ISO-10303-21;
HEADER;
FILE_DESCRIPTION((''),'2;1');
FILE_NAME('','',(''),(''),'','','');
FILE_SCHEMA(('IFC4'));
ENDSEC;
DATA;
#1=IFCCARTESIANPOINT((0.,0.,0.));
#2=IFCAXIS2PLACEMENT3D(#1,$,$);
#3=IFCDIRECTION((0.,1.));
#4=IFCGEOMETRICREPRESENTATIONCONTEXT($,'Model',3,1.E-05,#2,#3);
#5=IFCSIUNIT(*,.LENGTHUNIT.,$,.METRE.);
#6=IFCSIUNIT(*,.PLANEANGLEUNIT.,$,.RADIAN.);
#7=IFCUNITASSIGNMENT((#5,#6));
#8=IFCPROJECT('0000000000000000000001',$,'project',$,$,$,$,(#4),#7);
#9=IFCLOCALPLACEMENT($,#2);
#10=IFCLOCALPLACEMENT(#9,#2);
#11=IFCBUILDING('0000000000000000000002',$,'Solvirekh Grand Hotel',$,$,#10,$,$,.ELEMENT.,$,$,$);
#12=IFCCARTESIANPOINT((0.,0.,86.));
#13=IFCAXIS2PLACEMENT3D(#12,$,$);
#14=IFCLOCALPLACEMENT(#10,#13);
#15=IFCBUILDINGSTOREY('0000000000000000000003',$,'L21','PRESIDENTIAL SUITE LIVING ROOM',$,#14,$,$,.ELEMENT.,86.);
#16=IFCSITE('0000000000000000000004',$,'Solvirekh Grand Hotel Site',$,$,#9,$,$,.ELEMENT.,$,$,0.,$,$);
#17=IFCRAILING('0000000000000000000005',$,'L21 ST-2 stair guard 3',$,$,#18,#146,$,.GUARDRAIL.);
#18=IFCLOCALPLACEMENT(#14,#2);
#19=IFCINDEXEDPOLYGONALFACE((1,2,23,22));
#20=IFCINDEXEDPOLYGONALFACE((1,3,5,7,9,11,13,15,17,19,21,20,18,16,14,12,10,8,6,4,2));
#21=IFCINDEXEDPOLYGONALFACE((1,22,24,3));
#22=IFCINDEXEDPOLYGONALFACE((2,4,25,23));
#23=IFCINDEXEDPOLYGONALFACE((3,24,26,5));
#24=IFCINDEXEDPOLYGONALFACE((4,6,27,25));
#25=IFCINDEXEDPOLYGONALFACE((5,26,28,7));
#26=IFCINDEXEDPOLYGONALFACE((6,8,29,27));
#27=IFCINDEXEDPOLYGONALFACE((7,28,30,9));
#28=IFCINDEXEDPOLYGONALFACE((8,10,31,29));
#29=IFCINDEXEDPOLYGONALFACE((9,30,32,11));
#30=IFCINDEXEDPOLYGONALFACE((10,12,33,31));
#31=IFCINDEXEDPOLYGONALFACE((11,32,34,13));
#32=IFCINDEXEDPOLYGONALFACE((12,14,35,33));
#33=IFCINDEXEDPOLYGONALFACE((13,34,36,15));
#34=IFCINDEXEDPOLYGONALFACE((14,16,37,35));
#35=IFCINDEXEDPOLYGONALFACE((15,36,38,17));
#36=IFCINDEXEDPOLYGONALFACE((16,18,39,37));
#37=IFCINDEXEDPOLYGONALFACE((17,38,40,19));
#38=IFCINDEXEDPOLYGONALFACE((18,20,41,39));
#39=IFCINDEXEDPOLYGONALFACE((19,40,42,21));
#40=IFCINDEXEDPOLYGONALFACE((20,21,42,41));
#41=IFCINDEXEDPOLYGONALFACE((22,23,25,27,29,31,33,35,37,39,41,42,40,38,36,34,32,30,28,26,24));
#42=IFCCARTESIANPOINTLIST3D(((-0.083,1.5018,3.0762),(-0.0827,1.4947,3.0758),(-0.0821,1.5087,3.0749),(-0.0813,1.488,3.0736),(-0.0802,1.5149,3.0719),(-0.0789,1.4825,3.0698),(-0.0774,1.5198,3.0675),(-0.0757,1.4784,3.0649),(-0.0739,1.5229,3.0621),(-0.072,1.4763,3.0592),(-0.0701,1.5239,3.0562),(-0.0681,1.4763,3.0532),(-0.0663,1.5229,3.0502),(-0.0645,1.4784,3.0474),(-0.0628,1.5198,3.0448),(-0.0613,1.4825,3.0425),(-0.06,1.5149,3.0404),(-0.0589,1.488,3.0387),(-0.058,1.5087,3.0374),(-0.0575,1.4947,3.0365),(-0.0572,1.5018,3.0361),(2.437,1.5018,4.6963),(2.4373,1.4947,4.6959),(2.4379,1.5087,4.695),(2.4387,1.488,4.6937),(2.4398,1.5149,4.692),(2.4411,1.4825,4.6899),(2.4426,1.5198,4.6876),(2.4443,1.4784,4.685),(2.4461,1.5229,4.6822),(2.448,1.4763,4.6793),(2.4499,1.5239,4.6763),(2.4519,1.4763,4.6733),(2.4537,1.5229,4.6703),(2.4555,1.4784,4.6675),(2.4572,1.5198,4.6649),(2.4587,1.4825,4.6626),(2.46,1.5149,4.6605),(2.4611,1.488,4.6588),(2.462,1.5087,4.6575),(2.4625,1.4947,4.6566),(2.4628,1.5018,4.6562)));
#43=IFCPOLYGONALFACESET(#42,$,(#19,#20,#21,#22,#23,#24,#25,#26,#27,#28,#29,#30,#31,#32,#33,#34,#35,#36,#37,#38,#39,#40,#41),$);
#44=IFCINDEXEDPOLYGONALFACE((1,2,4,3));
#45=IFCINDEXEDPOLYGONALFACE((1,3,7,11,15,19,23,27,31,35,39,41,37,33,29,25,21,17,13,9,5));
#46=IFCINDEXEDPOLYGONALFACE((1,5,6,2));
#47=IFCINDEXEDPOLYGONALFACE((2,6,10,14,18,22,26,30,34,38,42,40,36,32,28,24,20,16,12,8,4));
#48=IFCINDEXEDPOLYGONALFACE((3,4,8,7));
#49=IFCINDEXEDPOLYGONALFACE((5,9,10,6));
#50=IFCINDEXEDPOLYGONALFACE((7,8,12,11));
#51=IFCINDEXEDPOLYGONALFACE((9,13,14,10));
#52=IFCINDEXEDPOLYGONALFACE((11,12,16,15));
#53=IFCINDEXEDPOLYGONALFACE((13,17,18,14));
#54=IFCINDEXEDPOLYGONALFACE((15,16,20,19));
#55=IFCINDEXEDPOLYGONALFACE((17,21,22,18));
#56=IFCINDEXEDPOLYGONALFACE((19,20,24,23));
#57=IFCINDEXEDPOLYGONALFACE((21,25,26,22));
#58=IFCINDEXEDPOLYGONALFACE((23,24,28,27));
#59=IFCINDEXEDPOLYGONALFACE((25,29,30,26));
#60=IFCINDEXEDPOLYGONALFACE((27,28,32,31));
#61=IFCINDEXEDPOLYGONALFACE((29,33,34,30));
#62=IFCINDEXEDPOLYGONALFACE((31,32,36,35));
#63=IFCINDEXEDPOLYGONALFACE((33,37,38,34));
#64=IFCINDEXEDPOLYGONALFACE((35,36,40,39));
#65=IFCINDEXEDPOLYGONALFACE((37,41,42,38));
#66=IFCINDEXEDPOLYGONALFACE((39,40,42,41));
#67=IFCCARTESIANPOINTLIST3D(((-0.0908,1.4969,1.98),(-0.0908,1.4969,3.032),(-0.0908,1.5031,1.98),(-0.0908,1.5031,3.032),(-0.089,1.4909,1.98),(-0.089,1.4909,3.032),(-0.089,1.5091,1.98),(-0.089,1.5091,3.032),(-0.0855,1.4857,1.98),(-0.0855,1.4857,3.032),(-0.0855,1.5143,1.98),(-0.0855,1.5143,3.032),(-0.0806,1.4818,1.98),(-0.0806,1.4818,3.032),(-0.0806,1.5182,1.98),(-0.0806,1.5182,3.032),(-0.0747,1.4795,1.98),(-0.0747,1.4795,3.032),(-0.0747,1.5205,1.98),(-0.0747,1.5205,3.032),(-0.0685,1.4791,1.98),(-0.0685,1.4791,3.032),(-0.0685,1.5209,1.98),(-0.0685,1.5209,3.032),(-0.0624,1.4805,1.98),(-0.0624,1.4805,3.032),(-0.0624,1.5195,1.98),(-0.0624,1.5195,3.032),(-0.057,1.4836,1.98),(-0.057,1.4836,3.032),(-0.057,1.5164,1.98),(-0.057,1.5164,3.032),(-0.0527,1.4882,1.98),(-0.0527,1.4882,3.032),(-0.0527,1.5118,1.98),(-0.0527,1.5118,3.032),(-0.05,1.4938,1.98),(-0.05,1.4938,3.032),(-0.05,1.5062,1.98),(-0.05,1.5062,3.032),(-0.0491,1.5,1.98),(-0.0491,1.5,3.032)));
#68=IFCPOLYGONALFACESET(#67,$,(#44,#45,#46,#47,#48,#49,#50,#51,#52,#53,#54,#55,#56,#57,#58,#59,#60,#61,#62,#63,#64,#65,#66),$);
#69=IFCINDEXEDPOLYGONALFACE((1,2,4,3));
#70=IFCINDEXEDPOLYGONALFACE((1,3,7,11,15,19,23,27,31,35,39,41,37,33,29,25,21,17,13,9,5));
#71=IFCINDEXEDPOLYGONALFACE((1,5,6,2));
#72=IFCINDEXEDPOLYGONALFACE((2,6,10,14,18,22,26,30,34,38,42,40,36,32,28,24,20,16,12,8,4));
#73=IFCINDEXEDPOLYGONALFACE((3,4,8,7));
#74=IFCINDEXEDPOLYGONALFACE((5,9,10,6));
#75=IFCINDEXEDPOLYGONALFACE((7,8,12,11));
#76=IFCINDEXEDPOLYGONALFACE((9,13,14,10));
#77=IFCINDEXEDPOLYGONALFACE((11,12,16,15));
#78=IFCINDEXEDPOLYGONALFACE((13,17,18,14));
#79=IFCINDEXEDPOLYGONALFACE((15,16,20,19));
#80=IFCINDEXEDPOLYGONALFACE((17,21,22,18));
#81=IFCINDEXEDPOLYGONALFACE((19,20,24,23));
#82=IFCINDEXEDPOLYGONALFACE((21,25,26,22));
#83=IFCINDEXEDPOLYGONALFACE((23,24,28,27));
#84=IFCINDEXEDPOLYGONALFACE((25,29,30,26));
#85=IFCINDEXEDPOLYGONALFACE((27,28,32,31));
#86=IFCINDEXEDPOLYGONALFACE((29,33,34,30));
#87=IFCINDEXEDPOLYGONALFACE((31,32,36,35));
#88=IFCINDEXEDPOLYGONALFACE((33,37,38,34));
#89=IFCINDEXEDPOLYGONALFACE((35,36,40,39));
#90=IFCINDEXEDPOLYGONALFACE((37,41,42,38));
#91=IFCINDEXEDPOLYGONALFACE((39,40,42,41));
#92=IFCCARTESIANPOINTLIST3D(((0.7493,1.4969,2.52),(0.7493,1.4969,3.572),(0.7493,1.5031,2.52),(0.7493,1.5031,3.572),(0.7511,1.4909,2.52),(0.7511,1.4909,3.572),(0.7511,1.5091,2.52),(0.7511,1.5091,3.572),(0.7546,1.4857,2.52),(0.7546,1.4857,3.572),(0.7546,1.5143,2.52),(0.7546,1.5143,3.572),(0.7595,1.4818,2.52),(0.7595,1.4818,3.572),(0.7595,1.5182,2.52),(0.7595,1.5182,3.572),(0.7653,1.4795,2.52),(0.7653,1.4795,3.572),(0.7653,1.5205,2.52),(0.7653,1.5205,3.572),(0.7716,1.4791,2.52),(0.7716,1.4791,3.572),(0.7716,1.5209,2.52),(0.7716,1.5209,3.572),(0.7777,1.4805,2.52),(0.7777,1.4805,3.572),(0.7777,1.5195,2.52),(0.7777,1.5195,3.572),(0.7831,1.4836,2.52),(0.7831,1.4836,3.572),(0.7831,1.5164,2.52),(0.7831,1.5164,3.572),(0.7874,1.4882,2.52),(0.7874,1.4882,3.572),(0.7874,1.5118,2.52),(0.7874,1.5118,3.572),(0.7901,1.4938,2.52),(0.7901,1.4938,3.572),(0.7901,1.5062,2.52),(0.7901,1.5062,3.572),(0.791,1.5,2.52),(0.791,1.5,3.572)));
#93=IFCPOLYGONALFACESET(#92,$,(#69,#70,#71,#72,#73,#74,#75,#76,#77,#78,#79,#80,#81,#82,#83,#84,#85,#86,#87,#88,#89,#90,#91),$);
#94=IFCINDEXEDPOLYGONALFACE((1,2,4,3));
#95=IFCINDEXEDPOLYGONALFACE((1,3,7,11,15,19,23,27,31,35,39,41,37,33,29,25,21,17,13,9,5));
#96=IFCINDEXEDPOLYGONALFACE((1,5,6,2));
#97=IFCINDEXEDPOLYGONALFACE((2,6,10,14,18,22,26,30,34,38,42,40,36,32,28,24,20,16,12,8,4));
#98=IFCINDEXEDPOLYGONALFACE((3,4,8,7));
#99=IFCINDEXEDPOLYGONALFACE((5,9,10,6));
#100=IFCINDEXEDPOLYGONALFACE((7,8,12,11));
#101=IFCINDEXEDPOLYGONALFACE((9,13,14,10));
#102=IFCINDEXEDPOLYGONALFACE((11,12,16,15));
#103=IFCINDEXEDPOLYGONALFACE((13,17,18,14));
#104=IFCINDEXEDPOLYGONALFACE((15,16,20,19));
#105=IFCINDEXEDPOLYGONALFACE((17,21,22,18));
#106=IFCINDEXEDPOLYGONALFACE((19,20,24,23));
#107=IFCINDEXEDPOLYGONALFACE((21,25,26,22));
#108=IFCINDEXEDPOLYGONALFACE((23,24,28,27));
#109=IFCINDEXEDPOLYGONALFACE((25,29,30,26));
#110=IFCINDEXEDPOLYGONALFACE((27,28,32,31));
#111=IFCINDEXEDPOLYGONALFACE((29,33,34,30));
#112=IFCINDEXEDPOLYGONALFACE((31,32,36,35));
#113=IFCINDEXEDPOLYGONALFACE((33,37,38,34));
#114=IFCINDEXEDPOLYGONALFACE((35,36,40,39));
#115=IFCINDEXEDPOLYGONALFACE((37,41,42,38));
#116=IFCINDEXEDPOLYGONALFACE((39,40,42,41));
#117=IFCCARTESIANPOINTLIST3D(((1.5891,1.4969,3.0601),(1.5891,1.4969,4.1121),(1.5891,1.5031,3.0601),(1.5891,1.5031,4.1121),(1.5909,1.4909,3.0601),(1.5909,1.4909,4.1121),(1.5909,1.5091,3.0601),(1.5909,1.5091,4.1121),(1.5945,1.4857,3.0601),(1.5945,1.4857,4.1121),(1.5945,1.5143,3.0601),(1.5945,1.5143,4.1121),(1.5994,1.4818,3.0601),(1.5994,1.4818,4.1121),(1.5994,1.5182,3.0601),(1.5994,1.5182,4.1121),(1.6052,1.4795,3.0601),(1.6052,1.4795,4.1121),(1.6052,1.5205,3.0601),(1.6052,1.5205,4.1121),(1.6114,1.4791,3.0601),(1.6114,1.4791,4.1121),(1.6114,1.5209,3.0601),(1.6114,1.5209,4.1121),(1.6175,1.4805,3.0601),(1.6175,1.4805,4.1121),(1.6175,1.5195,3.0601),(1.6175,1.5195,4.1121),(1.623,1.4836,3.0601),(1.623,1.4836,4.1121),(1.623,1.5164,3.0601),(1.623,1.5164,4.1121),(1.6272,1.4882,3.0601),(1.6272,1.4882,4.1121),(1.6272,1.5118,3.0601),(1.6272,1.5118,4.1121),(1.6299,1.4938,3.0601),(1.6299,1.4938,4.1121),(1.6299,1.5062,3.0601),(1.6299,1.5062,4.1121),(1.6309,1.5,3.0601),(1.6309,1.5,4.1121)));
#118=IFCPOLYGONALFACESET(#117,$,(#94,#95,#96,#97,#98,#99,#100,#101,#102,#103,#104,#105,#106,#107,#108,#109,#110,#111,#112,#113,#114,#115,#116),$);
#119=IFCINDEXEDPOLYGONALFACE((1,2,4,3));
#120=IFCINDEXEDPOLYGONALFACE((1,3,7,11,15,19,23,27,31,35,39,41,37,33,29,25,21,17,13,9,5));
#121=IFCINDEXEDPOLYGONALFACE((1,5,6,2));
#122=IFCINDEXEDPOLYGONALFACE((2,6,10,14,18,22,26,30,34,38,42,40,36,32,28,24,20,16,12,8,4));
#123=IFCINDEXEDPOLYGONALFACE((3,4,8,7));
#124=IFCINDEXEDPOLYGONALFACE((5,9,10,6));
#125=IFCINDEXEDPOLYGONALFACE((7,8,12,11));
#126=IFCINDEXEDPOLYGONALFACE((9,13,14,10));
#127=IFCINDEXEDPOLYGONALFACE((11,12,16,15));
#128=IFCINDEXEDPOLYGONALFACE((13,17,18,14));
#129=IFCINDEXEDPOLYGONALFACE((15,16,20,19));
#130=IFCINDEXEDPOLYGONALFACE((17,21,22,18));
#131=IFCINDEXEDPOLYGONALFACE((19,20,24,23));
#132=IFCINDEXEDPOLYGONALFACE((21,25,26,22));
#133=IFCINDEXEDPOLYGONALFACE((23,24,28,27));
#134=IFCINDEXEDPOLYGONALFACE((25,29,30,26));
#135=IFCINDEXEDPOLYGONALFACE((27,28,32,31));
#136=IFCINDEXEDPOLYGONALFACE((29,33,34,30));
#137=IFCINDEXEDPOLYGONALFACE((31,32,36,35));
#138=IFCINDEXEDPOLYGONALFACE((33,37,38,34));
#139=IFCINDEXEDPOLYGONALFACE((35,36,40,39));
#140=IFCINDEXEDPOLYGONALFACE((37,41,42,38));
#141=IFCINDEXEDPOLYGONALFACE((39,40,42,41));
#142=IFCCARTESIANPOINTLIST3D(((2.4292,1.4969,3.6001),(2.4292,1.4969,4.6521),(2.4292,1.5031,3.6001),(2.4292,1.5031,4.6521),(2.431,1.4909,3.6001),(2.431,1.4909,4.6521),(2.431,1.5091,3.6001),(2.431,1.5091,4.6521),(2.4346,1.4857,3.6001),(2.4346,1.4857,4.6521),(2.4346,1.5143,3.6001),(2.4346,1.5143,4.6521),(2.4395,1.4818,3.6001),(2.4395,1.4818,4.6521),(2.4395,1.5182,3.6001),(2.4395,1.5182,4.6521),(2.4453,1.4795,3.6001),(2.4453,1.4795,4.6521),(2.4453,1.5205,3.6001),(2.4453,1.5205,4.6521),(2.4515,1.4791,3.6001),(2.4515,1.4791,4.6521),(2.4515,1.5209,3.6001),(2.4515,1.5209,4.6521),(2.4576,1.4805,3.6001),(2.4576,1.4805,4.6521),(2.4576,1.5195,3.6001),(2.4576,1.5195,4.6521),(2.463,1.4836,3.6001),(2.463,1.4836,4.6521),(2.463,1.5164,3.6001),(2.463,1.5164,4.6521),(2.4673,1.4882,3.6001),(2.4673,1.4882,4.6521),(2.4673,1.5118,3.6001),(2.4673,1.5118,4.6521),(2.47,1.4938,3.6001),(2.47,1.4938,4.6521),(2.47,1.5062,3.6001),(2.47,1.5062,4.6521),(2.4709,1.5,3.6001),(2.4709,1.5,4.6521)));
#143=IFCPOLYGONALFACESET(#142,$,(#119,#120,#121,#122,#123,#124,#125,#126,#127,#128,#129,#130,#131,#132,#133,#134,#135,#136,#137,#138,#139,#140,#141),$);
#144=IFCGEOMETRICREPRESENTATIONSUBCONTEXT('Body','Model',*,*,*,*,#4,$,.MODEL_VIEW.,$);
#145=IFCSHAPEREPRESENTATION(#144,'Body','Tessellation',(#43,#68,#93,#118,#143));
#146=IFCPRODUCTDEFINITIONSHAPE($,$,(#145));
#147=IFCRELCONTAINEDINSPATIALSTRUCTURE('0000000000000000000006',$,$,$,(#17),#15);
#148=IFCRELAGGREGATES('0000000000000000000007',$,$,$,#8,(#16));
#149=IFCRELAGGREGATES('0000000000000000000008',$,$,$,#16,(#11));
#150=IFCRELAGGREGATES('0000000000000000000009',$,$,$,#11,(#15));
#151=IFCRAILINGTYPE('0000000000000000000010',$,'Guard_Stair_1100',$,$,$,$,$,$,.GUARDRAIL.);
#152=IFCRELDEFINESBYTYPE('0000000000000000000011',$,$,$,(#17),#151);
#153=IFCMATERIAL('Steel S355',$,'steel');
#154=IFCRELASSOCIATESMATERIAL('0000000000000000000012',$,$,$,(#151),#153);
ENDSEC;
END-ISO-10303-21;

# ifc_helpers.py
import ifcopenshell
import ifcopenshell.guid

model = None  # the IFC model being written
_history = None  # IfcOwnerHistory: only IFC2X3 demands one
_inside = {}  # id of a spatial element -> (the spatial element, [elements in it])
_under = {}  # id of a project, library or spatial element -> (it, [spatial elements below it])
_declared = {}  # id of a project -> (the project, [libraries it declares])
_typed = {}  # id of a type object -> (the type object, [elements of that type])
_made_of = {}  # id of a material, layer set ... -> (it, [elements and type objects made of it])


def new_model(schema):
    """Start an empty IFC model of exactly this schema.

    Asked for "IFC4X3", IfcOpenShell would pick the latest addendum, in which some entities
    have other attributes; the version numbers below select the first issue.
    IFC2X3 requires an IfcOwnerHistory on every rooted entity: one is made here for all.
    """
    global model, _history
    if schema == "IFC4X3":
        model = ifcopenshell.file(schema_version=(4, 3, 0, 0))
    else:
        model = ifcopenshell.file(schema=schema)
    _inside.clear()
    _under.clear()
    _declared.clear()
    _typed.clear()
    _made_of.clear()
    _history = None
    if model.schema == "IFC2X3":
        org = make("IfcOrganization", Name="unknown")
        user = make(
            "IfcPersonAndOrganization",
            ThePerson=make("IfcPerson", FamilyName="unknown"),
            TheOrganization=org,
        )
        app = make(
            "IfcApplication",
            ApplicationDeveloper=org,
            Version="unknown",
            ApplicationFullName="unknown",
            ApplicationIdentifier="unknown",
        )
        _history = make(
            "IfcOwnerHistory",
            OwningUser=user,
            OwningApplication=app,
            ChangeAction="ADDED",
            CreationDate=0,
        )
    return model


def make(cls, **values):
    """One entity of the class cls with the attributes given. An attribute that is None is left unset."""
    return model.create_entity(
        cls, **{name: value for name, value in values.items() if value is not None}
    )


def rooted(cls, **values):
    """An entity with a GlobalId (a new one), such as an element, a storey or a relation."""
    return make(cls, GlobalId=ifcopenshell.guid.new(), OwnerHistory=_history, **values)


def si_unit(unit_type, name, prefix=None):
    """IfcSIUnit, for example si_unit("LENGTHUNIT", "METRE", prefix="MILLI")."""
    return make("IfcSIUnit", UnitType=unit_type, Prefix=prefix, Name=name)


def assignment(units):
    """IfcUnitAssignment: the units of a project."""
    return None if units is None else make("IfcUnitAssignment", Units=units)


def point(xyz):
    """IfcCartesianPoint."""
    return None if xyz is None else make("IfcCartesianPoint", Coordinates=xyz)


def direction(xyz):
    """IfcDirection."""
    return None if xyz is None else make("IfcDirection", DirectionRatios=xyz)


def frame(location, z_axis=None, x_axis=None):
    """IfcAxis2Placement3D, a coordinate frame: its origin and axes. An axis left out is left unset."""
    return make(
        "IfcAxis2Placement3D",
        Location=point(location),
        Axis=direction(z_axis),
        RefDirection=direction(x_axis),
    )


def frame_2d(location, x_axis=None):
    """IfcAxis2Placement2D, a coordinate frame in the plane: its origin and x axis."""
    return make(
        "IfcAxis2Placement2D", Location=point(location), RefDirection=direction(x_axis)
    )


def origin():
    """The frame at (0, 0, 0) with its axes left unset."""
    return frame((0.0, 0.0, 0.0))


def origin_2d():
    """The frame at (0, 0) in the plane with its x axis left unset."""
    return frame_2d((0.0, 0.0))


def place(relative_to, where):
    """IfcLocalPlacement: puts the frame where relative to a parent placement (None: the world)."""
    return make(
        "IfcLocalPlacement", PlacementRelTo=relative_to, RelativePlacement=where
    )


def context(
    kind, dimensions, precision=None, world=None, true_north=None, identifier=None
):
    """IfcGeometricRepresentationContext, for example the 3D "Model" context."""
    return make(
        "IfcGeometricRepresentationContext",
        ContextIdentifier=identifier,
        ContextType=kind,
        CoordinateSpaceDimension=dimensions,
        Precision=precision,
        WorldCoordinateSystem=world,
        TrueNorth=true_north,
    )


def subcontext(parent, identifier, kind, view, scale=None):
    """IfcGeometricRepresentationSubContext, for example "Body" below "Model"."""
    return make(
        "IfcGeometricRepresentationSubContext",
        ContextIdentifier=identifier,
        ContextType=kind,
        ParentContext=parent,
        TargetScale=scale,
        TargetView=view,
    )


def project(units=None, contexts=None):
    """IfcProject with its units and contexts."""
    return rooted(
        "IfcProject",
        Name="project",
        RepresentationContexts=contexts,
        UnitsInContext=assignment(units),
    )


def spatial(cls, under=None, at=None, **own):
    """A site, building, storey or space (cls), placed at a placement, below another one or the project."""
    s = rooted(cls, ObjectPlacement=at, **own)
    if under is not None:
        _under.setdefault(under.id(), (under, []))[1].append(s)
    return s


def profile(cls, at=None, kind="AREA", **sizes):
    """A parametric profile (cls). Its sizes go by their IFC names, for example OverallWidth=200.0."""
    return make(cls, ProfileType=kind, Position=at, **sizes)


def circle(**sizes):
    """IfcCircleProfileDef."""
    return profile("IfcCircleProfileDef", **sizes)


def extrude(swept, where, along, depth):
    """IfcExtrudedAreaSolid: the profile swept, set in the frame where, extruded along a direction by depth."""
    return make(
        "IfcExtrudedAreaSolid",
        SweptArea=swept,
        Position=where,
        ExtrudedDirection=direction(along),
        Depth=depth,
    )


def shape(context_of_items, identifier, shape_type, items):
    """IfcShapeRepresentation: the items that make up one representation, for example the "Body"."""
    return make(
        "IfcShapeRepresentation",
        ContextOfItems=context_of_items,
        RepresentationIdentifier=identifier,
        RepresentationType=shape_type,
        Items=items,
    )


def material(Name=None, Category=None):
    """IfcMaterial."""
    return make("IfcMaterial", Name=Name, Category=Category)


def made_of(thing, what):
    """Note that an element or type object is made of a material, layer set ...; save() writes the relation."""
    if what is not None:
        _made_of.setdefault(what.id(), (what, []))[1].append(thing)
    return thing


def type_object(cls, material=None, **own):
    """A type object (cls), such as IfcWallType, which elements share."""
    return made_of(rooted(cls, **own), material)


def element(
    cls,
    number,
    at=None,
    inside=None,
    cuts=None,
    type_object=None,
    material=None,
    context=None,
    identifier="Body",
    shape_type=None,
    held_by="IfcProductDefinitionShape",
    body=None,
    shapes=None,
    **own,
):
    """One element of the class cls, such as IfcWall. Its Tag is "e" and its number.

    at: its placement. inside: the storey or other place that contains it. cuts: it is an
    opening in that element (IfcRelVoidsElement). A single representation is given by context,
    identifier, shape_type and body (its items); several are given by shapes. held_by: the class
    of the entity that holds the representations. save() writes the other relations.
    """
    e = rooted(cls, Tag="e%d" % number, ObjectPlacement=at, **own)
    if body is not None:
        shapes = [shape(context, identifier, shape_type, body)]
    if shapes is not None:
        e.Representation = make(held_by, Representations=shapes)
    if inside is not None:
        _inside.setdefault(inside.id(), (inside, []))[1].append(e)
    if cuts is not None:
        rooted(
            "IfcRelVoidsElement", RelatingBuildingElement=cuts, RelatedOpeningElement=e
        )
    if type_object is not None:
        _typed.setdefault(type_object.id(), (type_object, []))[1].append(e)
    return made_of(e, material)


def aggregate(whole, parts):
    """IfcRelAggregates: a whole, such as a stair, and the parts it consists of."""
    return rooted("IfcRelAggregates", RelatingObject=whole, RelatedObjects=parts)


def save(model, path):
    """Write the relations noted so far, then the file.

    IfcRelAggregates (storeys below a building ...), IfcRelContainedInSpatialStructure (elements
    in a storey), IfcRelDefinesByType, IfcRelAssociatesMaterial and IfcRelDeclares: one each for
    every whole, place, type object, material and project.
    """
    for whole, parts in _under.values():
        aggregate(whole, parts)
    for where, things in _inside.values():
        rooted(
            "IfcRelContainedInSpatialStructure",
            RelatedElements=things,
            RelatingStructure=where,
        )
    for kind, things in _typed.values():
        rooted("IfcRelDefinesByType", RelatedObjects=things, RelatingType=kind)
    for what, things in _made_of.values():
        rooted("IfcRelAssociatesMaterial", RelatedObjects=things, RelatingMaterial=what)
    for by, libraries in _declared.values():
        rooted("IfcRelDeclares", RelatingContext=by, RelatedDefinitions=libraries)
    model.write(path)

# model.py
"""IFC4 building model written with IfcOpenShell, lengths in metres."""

from ifc_helpers import new_model, si_unit, direction, frame, origin, origin_2d, place, context, subcontext, project, spatial, circle, extrude, material, type_object, element, save


model = new_model("IFC4")

# Units and contexts
model_context = context("Model", 3, precision=1e-05, world=origin(), true_north=direction((0.0, 1.0)))
body_context = subcontext(model_context, "Body", "Model", "MODEL_VIEW")
ifc_project = project(units=[si_unit("LENGTHUNIT", "METRE"), si_unit("PLANEANGLEUNIT", "RADIAN")], contexts=[model_context])

# Site, building, storey
site_placement = place(None, origin())
site = spatial("IfcSite", under=ifc_project, at=site_placement, Name="Solvirekh Grand Hotel Site", CompositionType="ELEMENT", RefElevation=0.0)
building_placement = place(site_placement, origin())
building = spatial("IfcBuilding", under=site, at=building_placement, Name="Solvirekh Grand Hotel", CompositionType="ELEMENT")
storey_placement = place(building_placement, frame((0.0, 0.0, 86.0)))
storey = spatial("IfcBuildingStorey", under=building, at=storey_placement, Name="L21", Description="PRESIDENTIAL SUITE LIVING ROOM", CompositionType="ELEMENT", Elevation=86.0)

# Shared definitions
ifc_material_1 = material(Name="Steel S355", Category="steel")

# Railing
railing_type_1 = type_object("IfcRailingType", Name="Guard_Stair_1100", PredefinedType="GUARDRAIL", material=ifc_material_1)
railing_1_placement = place(storey_placement, frame((-0.0701, 1.5, 1.98)))
element("IfcRailing", 1, at=railing_1_placement, inside=storey, type_object=railing_type_1, Name="L21 ST-2 stair guard 3", PredefinedType="GUARDRAIL", context=body_context, shape_type="SweptSolid", body=[
    extrude(circle(Radius=0.0239, at=origin_2d()), frame((0.0, 0.0, 1.0762), z_axis=(0.841163, 0.0, 0.540782), x_axis=(0.0, 1.0, 0.0)), (0.0, 0.0, 1.0), 2.9958),
    extrude(circle(Radius=0.021, at=origin_2d()), origin(), (0.0, 0.0, 1.0), 1.052),
    extrude(circle(Radius=0.021, at=origin_2d()), frame((0.8401, 0.0, 0.54)), (0.0, 0.0, 1.0), 1.052),
    extrude(circle(Radius=0.021, at=origin_2d()), frame((1.6799, 0.0, 1.0801)), (0.0, 0.0, 1.0), 1.052),
    extrude(circle(Radius=0.021, at=origin_2d()), frame((2.52, 0.0, 1.6201)), (0.0, 0.0, 1.0), 1.052),
])

save(model, "model.ifc")
